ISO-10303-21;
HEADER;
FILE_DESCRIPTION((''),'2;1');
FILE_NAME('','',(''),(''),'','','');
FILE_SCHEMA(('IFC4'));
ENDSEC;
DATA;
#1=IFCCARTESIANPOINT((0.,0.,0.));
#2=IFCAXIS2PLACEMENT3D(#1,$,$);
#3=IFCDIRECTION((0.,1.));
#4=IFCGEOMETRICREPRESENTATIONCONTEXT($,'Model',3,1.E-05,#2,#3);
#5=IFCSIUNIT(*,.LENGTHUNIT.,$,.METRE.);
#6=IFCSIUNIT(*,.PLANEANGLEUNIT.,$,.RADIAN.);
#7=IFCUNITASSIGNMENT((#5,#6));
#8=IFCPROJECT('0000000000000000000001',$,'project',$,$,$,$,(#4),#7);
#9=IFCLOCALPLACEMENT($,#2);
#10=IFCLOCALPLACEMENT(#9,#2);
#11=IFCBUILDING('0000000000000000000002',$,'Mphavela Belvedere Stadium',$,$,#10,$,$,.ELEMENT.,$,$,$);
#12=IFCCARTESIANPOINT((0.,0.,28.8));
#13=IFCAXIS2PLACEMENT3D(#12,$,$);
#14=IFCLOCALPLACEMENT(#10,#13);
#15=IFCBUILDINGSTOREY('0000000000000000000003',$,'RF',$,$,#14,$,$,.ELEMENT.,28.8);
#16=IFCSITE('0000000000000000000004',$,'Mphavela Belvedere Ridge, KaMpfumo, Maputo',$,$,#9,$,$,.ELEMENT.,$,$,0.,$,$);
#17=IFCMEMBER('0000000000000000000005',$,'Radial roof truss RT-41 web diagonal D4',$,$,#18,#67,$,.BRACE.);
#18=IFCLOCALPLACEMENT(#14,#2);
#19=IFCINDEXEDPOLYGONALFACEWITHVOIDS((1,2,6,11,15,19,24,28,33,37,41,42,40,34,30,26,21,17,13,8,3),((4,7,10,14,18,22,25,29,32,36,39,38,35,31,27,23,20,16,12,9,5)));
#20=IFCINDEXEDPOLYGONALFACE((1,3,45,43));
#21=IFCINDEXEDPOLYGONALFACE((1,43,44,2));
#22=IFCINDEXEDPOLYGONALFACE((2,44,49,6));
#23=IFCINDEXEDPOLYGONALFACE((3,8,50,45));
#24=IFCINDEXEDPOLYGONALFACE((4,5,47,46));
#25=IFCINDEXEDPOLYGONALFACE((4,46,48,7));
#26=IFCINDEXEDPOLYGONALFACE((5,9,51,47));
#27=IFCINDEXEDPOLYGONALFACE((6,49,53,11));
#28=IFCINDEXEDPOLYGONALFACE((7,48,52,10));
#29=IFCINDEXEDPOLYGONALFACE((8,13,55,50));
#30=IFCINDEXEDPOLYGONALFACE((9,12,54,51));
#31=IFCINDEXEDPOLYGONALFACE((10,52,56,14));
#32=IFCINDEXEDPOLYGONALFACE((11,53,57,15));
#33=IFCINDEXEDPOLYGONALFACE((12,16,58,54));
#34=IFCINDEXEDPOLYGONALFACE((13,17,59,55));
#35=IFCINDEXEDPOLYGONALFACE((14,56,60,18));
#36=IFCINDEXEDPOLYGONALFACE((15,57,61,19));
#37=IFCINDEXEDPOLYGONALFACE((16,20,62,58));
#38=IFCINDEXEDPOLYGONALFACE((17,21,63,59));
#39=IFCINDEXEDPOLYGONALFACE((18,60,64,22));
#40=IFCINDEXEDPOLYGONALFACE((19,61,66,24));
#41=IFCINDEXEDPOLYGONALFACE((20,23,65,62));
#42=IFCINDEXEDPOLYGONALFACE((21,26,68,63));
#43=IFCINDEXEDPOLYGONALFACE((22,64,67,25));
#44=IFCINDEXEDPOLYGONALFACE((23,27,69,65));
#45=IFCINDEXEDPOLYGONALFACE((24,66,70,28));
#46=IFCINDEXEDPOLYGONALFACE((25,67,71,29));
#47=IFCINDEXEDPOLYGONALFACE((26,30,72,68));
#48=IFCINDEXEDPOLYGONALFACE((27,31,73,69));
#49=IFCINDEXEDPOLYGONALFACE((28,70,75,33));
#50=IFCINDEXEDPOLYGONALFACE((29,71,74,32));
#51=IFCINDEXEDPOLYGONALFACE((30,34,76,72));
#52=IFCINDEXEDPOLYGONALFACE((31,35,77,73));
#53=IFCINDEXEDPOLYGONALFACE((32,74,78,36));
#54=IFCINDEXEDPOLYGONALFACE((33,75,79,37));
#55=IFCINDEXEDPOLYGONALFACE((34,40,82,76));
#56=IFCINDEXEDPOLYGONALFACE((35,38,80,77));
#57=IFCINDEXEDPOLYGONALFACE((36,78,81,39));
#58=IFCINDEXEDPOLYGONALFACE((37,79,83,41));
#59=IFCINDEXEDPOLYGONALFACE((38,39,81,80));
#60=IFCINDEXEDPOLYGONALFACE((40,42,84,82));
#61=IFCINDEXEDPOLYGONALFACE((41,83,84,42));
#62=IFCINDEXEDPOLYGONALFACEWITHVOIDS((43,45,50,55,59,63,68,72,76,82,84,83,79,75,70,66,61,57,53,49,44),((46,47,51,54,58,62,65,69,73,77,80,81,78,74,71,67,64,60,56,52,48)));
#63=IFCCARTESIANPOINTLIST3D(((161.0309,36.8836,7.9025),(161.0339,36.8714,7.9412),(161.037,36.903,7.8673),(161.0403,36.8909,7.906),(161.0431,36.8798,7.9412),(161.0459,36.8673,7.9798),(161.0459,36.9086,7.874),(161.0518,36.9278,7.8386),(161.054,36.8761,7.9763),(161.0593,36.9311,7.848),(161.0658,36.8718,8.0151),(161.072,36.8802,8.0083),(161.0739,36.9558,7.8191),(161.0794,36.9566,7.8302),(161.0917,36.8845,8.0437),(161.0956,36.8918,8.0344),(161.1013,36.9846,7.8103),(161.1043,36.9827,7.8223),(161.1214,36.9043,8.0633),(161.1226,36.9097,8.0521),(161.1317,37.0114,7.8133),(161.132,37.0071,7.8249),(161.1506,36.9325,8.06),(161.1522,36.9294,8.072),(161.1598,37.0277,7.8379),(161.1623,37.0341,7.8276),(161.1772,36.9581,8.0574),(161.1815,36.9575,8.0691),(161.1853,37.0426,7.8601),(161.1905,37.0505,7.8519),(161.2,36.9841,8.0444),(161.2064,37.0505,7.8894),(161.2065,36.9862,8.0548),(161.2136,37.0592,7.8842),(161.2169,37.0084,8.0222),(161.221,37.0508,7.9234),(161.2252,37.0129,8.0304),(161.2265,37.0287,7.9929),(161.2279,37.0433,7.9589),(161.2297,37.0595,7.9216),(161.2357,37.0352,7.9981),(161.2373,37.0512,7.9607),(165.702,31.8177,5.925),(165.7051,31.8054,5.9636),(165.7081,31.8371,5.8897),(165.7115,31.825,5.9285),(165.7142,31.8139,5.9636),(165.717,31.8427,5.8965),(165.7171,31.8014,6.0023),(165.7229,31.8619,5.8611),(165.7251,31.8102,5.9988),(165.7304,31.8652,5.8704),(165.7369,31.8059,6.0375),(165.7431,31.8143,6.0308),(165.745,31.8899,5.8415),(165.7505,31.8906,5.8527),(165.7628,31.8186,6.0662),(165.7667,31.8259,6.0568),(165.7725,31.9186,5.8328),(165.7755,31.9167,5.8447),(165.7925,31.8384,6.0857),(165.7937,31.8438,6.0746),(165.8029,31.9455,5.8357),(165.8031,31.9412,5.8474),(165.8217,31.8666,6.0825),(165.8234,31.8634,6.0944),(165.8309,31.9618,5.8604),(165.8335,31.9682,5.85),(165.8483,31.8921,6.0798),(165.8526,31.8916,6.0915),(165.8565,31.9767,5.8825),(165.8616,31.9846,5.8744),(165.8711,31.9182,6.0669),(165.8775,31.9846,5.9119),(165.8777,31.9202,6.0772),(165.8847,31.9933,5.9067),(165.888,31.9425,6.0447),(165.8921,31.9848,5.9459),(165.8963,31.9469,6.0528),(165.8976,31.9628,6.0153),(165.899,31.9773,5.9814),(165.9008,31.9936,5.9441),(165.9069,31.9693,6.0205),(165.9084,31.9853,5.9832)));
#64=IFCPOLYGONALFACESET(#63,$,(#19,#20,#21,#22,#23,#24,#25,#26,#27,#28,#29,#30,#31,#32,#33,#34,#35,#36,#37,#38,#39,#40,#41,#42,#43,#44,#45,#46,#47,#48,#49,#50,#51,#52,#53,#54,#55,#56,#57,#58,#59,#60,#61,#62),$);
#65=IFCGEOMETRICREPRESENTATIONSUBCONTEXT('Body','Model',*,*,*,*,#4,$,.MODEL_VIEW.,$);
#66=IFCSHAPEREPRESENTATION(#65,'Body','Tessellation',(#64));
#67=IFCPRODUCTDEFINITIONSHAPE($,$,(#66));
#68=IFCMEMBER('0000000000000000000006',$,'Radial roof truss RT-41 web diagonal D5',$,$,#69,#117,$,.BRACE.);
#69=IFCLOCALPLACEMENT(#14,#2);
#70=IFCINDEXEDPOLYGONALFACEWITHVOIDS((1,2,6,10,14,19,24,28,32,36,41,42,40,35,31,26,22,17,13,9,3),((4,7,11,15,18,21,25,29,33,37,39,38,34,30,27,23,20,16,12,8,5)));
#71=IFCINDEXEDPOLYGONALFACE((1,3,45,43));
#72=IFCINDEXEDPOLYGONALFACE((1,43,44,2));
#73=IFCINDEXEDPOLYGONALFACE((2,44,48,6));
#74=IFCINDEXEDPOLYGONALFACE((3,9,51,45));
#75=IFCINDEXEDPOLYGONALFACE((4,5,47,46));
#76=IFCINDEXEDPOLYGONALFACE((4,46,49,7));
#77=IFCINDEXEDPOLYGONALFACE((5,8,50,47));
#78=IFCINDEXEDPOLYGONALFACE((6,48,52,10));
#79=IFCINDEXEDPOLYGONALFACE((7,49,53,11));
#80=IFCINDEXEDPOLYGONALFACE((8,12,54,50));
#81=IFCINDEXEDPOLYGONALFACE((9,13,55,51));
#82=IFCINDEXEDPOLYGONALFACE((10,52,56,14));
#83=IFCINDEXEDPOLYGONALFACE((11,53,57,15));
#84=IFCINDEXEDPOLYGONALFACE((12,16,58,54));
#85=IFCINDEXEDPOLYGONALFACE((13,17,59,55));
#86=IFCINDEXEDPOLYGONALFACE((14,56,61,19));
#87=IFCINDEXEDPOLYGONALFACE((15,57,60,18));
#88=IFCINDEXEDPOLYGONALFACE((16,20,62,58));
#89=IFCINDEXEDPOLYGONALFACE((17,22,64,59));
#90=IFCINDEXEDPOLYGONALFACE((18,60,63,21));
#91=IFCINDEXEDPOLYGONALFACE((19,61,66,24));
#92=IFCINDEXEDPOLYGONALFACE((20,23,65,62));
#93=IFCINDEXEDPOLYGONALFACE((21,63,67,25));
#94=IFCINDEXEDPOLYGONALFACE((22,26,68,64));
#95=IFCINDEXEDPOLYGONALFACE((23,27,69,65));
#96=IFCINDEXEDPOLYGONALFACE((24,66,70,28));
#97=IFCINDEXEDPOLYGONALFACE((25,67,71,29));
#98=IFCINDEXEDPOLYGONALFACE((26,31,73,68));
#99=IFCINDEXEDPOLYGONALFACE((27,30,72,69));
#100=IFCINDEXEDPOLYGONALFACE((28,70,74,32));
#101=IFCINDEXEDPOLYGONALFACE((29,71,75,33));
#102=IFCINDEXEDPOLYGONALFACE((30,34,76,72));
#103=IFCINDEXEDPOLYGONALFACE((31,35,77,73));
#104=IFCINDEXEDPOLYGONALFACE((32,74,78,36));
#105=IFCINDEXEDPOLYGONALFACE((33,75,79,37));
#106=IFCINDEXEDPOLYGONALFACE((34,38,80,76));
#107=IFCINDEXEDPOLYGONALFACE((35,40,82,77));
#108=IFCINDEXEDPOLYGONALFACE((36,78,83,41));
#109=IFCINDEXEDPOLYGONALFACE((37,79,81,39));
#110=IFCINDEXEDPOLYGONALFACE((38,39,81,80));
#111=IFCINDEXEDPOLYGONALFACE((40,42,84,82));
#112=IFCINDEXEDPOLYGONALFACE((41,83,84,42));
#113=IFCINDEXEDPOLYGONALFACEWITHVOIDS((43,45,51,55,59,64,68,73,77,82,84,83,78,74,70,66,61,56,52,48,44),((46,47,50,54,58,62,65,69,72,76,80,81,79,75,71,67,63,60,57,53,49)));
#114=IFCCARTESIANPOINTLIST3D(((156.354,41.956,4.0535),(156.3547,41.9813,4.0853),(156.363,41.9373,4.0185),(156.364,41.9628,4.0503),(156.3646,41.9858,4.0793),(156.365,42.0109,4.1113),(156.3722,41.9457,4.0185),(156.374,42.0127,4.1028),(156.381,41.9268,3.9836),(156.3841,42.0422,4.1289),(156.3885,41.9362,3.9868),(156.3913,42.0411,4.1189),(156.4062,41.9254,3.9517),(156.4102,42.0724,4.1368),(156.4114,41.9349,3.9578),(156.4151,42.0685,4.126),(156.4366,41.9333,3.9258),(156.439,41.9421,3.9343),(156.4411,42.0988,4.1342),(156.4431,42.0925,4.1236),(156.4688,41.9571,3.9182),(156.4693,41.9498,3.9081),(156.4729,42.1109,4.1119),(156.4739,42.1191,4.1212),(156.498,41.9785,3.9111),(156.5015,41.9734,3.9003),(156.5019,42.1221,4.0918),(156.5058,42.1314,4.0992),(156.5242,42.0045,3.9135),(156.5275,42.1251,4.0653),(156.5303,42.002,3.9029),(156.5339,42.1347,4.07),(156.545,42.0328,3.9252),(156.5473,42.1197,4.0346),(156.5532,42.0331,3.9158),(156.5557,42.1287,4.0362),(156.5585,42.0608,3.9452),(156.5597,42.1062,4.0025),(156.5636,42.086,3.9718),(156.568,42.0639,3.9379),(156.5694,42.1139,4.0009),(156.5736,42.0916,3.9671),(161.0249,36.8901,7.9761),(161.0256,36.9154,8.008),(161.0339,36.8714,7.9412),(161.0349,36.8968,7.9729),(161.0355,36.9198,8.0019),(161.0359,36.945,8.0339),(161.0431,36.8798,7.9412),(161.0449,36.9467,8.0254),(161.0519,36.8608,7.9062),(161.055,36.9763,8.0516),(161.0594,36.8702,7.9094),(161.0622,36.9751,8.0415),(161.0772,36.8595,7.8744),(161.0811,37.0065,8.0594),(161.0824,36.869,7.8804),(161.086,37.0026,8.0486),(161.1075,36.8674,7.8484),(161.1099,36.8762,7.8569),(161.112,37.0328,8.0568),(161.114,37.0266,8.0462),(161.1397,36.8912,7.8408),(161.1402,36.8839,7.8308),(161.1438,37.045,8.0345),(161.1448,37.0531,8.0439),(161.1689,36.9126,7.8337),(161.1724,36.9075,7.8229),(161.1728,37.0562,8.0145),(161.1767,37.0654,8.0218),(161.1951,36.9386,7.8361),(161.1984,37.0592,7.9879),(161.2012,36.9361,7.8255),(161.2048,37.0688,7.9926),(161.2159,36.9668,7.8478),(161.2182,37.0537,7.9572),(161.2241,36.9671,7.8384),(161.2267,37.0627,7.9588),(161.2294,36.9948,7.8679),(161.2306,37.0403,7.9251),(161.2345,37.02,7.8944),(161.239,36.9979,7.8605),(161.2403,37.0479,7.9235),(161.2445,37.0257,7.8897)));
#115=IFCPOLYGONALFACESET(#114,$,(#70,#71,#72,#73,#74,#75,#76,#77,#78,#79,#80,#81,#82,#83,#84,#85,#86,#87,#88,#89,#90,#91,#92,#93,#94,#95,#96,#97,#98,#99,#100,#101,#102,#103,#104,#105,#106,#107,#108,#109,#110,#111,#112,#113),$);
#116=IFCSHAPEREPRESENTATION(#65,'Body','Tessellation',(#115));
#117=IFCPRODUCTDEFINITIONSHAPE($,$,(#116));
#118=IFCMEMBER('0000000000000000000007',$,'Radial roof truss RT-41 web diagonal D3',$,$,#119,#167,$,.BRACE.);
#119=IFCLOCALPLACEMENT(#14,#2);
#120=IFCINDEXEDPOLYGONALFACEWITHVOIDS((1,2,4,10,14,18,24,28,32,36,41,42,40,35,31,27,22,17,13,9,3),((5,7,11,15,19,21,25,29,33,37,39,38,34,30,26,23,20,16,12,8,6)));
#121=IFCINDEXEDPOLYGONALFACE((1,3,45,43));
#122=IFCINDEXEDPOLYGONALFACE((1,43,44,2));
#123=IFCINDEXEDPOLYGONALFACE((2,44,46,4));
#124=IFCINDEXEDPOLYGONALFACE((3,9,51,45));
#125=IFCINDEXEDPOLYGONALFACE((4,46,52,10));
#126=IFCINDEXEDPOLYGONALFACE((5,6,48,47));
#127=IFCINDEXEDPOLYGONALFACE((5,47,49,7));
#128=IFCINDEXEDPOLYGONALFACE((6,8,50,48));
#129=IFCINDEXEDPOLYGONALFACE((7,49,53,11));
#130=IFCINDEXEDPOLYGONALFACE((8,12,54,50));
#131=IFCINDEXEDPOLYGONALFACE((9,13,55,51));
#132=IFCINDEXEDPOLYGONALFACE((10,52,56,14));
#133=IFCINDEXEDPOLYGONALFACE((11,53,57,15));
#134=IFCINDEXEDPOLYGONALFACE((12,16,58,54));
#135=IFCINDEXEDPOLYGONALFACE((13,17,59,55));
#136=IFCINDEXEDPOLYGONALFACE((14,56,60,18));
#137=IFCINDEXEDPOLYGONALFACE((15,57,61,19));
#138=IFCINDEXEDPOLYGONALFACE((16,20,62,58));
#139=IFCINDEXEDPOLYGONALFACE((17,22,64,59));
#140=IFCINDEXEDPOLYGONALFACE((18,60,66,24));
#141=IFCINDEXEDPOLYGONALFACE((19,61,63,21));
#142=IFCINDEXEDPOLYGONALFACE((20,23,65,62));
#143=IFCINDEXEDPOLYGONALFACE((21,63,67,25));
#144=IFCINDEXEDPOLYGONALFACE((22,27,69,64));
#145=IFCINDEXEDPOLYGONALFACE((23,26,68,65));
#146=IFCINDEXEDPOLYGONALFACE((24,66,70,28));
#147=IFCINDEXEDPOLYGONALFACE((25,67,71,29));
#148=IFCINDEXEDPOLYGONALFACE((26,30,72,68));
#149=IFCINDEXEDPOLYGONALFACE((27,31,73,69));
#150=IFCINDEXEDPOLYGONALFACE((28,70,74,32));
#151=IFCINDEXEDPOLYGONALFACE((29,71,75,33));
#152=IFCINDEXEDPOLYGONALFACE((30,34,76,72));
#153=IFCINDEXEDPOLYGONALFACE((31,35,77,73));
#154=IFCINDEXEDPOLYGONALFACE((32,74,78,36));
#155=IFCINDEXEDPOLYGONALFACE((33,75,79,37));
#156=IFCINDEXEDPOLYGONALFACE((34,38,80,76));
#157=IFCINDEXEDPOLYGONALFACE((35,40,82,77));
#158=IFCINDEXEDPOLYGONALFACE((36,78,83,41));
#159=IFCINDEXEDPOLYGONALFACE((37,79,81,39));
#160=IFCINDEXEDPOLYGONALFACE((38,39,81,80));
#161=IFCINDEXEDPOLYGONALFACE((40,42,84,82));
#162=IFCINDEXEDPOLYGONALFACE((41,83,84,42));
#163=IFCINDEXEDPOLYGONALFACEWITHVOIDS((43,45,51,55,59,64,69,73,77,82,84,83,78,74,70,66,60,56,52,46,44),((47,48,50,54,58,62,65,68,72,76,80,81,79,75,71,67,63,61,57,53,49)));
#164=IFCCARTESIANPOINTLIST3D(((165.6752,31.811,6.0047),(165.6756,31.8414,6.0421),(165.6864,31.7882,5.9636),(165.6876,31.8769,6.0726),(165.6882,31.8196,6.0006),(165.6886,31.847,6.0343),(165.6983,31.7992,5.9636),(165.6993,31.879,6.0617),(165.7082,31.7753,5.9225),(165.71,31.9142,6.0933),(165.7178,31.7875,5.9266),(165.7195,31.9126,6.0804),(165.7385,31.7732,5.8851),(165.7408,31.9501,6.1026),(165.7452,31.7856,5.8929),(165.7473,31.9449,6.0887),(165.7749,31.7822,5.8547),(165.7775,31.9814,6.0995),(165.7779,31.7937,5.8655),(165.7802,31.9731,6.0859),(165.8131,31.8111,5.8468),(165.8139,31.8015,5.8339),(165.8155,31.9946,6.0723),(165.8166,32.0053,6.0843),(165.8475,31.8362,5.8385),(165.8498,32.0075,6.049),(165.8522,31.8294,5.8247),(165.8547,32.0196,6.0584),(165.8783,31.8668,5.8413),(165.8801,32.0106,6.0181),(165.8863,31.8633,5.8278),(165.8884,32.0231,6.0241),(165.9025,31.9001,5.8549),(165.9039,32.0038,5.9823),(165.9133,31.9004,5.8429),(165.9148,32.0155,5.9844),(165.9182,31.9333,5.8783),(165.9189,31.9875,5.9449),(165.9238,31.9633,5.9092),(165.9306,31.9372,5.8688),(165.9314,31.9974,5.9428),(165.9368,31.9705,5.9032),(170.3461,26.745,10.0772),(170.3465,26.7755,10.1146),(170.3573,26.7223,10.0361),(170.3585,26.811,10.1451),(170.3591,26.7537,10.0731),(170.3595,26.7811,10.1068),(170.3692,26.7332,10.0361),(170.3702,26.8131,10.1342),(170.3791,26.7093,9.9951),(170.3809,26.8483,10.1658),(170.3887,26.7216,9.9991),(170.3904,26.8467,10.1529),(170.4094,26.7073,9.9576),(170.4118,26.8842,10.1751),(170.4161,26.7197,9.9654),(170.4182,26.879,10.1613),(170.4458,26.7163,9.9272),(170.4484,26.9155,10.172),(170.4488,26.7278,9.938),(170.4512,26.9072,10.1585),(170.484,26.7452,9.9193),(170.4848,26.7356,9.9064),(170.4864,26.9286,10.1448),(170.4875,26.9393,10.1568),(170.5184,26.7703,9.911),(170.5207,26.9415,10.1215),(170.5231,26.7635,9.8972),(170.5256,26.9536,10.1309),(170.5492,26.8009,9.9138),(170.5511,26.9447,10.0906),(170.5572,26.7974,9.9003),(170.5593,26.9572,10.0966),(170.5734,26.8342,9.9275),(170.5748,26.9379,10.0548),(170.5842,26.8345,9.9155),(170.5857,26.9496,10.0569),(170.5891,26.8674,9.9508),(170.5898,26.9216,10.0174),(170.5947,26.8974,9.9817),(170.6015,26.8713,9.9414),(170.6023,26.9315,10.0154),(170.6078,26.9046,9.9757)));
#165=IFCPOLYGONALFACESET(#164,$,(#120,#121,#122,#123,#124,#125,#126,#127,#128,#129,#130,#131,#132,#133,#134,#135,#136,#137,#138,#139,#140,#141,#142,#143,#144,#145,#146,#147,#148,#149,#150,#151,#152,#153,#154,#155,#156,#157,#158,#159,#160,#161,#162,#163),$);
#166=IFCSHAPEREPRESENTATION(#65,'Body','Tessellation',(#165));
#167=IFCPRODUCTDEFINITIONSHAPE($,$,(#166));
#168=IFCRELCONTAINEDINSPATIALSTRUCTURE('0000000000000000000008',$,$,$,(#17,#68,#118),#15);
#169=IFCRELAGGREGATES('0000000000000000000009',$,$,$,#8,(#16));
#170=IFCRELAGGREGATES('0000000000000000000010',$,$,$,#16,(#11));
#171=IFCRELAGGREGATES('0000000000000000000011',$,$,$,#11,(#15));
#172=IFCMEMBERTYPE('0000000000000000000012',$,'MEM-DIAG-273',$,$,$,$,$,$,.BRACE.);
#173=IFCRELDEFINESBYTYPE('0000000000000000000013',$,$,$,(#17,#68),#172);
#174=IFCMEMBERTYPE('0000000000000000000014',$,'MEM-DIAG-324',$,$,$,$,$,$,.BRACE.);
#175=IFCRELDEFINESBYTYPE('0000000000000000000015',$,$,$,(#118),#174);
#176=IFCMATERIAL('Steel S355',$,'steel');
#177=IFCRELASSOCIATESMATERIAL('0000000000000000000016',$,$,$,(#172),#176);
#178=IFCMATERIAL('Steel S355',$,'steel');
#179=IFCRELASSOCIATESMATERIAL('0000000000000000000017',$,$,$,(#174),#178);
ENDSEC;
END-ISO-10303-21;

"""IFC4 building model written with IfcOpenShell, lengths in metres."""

from ifc_helpers import new_model, si_unit, direction, frame, origin, origin_2d, place, context, subcontext, project, spatial, hollow_circle, extrude, material, material_profile, profile_set, type_object, element, save


model = new_model("IFC4")

# Units and contexts
model_context = context("Model", 3, precision=1e-05, world=origin(), true_north=direction((0.0, 1.0)))
body_context = subcontext(model_context, "Body", "Model", "MODEL_VIEW")
ifc_project = project(units=[si_unit("LENGTHUNIT", "METRE"), si_unit("PLANEANGLEUNIT", "RADIAN")], contexts=[model_context])

# Site, building, storey
site_placement = place(None, origin())
site = spatial("IfcSite", under=ifc_project, at=site_placement, Name="Mphavela Belvedere Ridge, KaMpfumo, Maputo", CompositionType="ELEMENT", RefElevation=0.0)
building_placement = place(site_placement, origin())
building = spatial("IfcBuilding", under=site, at=building_placement, Name="Mphavela Belvedere Stadium", CompositionType="ELEMENT")
storey_placement = place(building_placement, frame((0.0, 0.0, 28.8)))
storey = spatial("IfcBuildingStorey", under=building, at=storey_placement, Name="RF", CompositionType="ELEMENT", Elevation=28.8)

# Members
ifc_material_1 = material(Name="Steel S355", Category="steel")
ifc_material_profile_1 = material_profile(ifc_material_1, hollow_circle(Radius=0.1365, WallThickness=0.0125, at=origin_2d()), Name="CHS 273x12.5")
ifc_profile_set_1 = profile_set([ifc_material_profile_1], Name="Steel S355")
member_type_1 = type_object("IfcMemberType", Name="MEM-DIAG-273", PredefinedType="BRACE", material=ifc_profile_set_1)
member_1_placement = place(storey_placement, frame((165.8054, 31.8979, 5.9636), z_axis=(-0.65158, 0.706648, 0.275848), x_axis=(-0.735171, -0.677881, 0.0)))
element("IfcMember", 1, at=member_1_placement, inside=storey, type_object=member_type_1, Name="Radial roof truss RT-41 web diagonal D4", PredefinedType="BRACE", context=body_context, shape_type="SweptSolid", body=[
    extrude(hollow_circle(Radius=0.1365, WallThickness=0.0125, at=origin_2d()), origin(), (0.0, 0.0, 1.0), 7.1689),
])
member_2_placement = place(storey_placement, frame((161.1343, 36.9639, 7.9412), z_axis=(-0.589097, 0.638917, -0.494722), x_axis=(-0.735189, -0.677862, 0.0)))
element("IfcMember", 2, at=member_2_placement, inside=storey, type_object=member_type_1, Name="Radial roof truss RT-41 web diagonal D5", PredefinedType="BRACE", context=body_context, shape_type="SweptSolid", body=[
    extrude(hollow_circle(Radius=0.1365, WallThickness=0.0125, at=origin_2d()), origin(), (0.0, 0.0, 1.0), 7.929),
])
ifc_material_2 = material(Name="Steel S355", Category="steel")
ifc_material_profile_2 = material_profile(ifc_material_2, hollow_circle(Radius=0.1619, WallThickness=0.0161, at=origin_2d()), Name="CHS 323.9x16")
ifc_profile_set_2 = profile_set([ifc_material_profile_2], Name="Steel S355")
member_type_2 = type_object("IfcMemberType", Name="MEM-DIAG-324", PredefinedType="BRACE", material=ifc_profile_set_2)
member_3_placement = place(storey_placement, frame((170.4763, 26.832, 10.0361), z_axis=(-0.583561, 0.632913, -0.508801), x_axis=(-0.735189, -0.677862, 0.0)))
element("IfcMember", 3, at=member_3_placement, inside=storey, type_object=member_type_2, Name="Radial roof truss RT-41 web diagonal D3", PredefinedType="BRACE", context=body_context, shape_type="SweptSolid", body=[
    extrude(hollow_circle(Radius=0.1619, WallThickness=0.0161, at=origin_2d()), origin(), (0.0, 0.0, 1.0), 8.0042),
])

save(model, "model.ifc")
